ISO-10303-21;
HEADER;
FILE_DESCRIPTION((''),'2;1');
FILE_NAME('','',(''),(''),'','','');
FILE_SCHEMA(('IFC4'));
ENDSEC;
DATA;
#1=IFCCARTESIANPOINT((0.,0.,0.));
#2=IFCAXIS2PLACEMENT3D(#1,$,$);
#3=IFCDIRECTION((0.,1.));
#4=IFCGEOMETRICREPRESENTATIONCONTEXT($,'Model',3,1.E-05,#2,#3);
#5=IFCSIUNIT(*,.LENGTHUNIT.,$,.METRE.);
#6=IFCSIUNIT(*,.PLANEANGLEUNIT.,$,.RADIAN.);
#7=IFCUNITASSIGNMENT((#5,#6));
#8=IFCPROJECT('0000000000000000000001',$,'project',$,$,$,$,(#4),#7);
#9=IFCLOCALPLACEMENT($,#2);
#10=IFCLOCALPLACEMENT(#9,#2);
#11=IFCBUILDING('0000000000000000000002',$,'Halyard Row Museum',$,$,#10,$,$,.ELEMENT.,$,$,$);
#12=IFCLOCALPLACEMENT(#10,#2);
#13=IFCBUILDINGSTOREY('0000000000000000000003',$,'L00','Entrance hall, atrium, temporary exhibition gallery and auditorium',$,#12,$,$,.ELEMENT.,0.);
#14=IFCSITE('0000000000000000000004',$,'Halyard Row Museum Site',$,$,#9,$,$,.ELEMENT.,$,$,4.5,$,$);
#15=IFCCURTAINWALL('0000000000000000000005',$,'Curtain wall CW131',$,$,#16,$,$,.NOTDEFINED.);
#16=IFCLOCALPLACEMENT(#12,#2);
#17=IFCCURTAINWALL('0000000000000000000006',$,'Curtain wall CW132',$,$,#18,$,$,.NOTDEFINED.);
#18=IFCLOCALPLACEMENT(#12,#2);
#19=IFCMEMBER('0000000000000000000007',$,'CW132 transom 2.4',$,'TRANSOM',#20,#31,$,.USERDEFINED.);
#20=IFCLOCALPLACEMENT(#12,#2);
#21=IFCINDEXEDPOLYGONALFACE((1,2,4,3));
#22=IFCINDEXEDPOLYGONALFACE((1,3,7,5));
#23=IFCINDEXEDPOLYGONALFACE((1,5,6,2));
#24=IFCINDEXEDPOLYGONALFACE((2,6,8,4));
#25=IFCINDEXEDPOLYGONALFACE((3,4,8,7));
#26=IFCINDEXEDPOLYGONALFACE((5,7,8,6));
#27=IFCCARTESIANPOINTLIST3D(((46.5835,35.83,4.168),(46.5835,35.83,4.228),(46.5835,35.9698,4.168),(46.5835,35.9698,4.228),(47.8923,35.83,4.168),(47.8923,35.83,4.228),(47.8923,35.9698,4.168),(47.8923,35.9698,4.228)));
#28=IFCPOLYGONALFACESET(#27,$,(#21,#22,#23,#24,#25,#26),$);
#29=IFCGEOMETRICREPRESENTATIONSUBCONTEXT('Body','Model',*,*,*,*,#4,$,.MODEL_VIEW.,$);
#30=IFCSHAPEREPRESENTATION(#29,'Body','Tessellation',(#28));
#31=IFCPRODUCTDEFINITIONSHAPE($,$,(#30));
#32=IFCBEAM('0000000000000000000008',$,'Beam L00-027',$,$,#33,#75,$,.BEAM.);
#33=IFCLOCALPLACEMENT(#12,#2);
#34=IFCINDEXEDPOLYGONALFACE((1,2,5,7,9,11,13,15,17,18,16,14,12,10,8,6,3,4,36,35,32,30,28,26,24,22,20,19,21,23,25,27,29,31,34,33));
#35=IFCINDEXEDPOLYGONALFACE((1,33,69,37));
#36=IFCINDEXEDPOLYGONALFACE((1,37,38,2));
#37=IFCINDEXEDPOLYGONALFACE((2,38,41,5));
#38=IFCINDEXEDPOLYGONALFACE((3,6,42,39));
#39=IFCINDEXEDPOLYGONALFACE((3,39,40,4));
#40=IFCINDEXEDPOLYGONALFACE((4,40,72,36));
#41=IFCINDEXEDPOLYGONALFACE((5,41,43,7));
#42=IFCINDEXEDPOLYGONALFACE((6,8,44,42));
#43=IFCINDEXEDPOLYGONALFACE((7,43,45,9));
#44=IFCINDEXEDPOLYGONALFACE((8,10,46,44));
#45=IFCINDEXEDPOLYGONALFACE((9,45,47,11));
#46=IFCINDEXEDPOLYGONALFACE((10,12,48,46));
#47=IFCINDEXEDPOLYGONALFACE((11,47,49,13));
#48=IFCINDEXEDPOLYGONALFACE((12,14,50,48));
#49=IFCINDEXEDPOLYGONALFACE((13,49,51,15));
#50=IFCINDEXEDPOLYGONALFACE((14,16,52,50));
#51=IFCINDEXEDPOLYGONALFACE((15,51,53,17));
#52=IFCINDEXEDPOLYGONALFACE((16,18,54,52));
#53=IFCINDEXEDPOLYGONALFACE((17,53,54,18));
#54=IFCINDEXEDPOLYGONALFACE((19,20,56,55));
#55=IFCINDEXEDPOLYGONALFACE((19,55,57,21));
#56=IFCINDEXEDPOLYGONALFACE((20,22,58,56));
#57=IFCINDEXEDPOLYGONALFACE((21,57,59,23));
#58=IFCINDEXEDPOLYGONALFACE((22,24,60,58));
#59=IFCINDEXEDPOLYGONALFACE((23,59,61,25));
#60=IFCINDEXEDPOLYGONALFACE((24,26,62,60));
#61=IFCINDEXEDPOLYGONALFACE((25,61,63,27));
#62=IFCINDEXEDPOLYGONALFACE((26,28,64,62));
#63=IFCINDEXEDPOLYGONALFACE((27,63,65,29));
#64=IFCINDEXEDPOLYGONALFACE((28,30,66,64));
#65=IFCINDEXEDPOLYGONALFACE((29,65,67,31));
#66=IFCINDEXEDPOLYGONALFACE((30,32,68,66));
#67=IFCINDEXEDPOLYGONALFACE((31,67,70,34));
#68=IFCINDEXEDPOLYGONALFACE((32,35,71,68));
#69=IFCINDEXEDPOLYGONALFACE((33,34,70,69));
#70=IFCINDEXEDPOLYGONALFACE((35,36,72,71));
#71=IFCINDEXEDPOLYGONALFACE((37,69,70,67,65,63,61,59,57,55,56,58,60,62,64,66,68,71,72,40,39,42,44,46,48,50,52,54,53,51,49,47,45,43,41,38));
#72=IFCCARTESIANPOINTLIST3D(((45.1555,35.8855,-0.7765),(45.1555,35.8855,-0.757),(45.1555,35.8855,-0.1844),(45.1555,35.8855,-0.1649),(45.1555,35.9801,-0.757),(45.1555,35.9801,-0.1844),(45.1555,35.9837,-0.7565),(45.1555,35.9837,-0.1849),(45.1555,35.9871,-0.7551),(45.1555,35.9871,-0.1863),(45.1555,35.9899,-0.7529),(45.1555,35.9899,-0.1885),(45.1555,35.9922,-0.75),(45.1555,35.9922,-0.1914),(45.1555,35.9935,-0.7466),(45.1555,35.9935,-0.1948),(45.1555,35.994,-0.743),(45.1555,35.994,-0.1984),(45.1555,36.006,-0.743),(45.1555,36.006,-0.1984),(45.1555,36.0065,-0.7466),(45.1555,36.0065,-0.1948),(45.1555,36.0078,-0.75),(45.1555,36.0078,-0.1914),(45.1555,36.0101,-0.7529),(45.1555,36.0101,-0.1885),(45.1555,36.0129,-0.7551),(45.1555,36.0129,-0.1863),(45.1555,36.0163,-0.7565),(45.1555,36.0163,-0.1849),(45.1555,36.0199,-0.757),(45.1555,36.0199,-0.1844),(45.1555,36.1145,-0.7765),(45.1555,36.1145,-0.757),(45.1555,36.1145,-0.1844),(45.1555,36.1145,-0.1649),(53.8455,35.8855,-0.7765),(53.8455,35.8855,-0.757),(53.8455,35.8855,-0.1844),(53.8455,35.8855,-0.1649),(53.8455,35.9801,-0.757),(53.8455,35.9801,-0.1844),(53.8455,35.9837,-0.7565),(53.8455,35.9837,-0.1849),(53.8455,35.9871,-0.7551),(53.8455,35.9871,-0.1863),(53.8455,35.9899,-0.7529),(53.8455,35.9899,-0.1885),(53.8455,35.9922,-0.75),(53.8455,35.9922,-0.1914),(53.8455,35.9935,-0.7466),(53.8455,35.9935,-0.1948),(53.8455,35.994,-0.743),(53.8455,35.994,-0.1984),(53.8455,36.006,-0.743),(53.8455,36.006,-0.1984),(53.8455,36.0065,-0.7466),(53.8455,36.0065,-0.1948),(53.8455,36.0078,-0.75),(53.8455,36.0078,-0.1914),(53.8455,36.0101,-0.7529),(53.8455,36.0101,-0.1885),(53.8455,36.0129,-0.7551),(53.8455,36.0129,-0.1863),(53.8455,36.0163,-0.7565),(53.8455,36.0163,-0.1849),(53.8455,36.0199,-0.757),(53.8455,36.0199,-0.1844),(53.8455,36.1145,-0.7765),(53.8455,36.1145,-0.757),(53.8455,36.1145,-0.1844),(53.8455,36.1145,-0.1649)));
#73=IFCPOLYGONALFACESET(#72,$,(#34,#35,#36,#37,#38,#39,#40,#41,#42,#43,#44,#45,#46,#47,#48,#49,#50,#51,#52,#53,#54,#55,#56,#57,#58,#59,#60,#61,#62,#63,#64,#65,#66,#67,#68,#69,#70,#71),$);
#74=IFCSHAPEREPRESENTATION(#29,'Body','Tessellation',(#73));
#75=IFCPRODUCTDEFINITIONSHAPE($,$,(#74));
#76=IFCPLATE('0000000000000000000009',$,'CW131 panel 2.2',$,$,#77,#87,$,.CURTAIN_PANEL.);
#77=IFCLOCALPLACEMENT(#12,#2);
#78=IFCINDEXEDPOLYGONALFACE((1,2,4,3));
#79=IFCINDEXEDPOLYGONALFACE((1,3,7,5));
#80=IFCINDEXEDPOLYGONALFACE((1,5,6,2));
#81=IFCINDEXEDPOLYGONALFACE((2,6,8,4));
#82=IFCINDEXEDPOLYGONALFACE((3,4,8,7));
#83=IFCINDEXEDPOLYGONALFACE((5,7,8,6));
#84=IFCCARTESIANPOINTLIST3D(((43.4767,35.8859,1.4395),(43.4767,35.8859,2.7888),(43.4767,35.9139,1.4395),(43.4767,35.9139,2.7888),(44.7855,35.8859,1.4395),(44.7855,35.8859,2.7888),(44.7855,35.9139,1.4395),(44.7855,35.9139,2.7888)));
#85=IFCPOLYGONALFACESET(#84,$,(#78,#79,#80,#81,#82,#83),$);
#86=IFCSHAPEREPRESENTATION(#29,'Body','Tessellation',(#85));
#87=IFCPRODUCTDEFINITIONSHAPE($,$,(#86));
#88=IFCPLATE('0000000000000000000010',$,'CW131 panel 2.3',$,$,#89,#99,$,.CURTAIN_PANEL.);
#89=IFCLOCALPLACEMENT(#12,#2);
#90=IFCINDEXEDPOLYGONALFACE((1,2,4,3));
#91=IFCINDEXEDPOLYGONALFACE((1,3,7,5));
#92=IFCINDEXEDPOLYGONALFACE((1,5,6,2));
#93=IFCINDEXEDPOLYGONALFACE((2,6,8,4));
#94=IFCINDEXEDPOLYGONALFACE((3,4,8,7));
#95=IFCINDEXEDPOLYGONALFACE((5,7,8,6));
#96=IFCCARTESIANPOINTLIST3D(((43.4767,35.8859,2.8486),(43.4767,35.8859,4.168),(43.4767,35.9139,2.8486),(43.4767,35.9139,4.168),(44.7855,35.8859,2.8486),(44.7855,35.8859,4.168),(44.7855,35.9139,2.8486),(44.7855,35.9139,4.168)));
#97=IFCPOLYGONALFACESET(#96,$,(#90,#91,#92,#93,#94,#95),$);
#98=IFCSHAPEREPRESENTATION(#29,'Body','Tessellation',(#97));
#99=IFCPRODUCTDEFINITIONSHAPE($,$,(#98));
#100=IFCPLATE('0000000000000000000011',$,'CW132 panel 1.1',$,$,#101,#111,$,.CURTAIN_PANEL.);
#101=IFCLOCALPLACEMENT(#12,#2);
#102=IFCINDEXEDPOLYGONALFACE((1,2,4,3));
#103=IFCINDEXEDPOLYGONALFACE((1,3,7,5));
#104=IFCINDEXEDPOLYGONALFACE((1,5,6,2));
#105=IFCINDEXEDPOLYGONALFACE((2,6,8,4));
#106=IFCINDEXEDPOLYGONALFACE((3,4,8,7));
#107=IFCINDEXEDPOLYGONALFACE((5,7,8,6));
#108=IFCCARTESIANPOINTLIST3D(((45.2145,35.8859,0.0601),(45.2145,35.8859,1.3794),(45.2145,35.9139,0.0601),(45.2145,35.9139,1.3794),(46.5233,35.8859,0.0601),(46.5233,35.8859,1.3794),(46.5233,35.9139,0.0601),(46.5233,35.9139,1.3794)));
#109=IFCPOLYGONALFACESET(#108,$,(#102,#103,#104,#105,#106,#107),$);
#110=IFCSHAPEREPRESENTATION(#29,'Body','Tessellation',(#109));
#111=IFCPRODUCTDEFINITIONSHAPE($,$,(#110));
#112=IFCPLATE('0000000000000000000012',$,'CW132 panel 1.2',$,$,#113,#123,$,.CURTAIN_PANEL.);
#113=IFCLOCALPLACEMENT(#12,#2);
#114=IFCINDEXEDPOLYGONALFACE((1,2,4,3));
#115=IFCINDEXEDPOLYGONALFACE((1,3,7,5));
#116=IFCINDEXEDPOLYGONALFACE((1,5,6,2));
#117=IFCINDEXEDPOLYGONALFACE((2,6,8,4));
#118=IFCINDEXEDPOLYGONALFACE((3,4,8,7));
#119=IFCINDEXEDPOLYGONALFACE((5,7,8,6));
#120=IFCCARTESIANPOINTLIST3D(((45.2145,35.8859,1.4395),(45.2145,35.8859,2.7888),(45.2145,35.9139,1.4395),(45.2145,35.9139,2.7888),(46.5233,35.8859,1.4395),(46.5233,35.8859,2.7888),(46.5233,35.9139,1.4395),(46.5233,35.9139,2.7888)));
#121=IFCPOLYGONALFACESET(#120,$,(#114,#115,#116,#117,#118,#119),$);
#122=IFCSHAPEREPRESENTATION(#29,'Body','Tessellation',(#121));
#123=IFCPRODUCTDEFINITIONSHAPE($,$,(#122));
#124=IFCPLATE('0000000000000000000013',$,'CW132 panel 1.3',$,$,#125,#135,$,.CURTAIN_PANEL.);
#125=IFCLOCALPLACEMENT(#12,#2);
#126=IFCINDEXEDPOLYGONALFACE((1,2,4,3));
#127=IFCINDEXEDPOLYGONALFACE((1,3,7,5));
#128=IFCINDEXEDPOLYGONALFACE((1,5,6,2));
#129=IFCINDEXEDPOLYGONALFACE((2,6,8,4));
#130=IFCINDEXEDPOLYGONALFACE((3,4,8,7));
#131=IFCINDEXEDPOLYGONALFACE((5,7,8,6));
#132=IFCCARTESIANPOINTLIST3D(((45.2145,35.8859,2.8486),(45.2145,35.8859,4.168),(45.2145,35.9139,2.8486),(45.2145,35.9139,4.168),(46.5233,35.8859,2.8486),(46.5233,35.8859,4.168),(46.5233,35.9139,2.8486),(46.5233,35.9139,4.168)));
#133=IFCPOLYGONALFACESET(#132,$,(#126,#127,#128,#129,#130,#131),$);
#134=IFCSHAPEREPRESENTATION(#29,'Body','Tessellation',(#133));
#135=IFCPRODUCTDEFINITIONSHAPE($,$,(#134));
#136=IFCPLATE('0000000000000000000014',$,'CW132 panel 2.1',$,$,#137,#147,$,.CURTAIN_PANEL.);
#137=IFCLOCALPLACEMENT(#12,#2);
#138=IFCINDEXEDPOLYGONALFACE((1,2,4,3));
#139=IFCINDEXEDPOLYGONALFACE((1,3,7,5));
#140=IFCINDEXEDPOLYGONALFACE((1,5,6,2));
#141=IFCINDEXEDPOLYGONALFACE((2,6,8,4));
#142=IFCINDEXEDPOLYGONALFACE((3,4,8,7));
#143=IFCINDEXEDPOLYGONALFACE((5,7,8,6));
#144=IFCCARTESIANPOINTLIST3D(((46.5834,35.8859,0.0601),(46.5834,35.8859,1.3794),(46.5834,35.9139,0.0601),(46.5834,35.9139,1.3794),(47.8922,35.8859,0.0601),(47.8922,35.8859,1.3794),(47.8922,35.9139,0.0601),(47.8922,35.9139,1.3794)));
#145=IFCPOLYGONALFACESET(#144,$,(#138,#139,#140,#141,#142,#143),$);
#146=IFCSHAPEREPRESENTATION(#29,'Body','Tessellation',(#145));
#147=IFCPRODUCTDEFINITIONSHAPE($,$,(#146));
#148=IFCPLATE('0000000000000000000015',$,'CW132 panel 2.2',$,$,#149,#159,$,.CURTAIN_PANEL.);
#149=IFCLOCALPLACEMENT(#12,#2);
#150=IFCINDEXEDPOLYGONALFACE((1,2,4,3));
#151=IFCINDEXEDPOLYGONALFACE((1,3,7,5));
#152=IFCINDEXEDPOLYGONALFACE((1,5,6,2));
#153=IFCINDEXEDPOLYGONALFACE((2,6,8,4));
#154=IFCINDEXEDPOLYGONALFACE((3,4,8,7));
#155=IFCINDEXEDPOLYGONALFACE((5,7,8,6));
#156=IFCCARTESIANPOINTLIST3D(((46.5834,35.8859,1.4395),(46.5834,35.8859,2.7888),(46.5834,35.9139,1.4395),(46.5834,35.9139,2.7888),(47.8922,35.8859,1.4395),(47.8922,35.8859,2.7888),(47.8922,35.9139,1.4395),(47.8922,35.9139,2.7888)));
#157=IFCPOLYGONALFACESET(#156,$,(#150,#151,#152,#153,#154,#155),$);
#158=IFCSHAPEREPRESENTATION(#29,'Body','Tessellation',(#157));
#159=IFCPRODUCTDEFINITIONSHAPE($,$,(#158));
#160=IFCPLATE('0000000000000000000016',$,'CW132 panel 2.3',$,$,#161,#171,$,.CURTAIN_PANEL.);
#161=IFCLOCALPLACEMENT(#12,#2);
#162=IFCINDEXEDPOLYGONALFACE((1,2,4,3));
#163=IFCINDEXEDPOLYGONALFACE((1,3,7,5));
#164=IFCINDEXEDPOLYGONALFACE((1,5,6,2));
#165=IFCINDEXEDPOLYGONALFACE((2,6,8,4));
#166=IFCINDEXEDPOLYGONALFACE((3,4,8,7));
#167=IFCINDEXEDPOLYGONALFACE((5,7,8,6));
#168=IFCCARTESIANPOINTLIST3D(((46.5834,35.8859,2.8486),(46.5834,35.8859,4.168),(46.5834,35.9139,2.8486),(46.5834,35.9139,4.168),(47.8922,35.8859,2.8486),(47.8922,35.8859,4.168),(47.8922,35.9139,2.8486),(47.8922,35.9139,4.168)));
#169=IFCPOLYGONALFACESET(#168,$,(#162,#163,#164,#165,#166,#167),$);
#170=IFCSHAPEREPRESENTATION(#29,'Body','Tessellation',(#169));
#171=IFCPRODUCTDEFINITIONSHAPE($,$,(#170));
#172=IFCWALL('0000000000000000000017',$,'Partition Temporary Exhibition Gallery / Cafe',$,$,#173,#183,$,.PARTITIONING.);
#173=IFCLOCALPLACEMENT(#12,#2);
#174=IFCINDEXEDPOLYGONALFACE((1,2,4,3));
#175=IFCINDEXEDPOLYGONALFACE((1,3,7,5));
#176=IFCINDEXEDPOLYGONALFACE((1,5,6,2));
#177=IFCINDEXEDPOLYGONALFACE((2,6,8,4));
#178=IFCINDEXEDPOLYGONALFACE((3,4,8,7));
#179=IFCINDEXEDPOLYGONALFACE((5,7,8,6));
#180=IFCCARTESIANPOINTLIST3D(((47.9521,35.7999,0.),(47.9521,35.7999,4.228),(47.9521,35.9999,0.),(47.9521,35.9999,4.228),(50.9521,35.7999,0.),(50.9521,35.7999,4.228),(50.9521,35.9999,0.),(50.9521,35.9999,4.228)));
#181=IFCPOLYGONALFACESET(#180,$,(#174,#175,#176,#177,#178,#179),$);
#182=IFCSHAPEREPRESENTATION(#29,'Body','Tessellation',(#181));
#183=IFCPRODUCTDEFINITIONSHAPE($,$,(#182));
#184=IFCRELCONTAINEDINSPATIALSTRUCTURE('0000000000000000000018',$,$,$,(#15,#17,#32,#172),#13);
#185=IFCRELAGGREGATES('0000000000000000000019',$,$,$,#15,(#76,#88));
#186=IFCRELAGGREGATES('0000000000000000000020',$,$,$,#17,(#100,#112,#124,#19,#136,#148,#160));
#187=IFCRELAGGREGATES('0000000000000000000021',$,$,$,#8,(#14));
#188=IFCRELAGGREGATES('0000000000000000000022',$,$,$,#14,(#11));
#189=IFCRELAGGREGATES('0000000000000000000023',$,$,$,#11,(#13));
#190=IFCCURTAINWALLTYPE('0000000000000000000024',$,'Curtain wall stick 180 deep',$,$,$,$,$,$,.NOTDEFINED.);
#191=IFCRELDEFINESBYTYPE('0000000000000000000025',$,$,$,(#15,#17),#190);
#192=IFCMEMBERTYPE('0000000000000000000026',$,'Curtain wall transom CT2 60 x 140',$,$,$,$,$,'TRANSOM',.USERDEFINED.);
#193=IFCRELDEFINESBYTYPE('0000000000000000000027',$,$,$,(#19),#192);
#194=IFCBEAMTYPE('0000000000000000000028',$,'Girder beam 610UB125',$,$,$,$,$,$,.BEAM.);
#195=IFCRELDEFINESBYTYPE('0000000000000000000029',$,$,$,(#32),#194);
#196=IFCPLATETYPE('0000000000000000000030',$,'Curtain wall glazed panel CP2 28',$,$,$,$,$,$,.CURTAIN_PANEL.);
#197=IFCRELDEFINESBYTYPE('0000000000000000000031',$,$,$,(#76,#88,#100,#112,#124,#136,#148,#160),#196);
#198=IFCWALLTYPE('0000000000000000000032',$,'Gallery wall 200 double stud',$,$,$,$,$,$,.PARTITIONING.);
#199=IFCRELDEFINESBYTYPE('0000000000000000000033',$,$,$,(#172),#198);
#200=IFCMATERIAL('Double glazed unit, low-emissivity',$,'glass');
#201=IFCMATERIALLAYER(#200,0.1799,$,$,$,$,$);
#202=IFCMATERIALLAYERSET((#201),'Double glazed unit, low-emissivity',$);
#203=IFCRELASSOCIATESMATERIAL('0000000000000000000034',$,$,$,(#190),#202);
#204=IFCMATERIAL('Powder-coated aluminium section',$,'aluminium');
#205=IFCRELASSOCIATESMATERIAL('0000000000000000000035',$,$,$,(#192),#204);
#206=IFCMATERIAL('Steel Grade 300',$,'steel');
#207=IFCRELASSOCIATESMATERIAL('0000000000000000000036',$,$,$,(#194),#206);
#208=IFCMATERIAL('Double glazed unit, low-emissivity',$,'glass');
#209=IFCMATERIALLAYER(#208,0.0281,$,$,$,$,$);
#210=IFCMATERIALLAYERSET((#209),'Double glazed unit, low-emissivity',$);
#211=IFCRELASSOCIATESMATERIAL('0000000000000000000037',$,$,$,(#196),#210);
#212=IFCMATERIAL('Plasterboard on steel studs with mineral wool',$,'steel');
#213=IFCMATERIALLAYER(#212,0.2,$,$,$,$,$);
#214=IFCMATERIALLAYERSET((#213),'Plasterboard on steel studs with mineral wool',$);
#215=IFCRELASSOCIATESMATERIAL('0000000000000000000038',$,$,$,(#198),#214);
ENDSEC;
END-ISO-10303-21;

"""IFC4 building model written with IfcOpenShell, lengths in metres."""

from ifc_helpers import new_model, si_unit, direction, frame, frame_2d, origin, origin_2d, place, context, subcontext, project, spatial, rectangle, i_section, extrude, material, layer, layer_set, material_profile, profile_set, type_object, element, aggregate, save


model = new_model("IFC4")

# Units and contexts
model_context = context("Model", 3, precision=1e-05, world=origin(), true_north=direction((0.0, 1.0)))
body_context = subcontext(model_context, "Body", "Model", "MODEL_VIEW")
ifc_project = project(units=[si_unit("LENGTHUNIT", "METRE"), si_unit("PLANEANGLEUNIT", "RADIAN")], contexts=[model_context])

# Site, building, storey
site_placement = place(None, origin())
site = spatial("IfcSite", under=ifc_project, at=site_placement, Name="Halyard Row Museum Site", CompositionType="ELEMENT", RefElevation=4.5)
building_placement = place(site_placement, origin())
building = spatial("IfcBuilding", under=site, at=building_placement, Name="Halyard Row Museum", CompositionType="ELEMENT")
storey_placement = place(building_placement, origin())
storey = spatial("IfcBuildingStorey", under=building, at=storey_placement, Name="L00", Description="Entrance hall, atrium, temporary exhibition gallery and auditorium", CompositionType="ELEMENT", Elevation=0.0)

# Curtain wall
ifc_material_1 = material(Name="Double glazed unit, low-emissivity", Category="glass")
ifc_layer_1 = layer(ifc_material_1, 0.1799)
ifc_layer_set_1 = layer_set([ifc_layer_1], Name="Double glazed unit, low-emissivity")
curtain_wall_type = type_object("IfcCurtainWallType", Name="Curtain wall stick 180 deep", PredefinedType="NOTDEFINED", material=ifc_layer_set_1)
curtain_wall_1_placement = place(storey_placement, origin())
curtain_wall_1 = element("IfcCurtainWall", 1, at=curtain_wall_1_placement, inside=storey, type_object=curtain_wall_type, Name="Curtain wall CW131", PredefinedType="NOTDEFINED")

# Curtain wall, member
curtain_wall_2_placement = place(storey_placement, origin())
curtain_wall_2 = element("IfcCurtainWall", 2, at=curtain_wall_2_placement, inside=storey, type_object=curtain_wall_type, Name="Curtain wall CW132", PredefinedType="NOTDEFINED")
ifc_material_2 = material(Name="Powder-coated aluminium section", Category="aluminium")
ifc_material_profile_1 = material_profile(ifc_material_2, rectangle(XDim=0.1399, YDim=0.0601, at=origin_2d()), Name="140x60 transom")
ifc_profile_set_1 = profile_set([ifc_material_profile_1], Name="Powder-coated aluminium section")
member_type_1 = type_object("IfcMemberType", Name="Curtain wall transom CT2 60 x 140", ElementType="TRANSOM", PredefinedType="USERDEFINED", material=ifc_profile_set_1)
member_1_placement = place(storey_placement, frame((46.5835, 35.8999, 4.198), z_axis=(1.0, 0.0, 0.0), x_axis=(0.0, 1.0, 0.0)))
member_1 = element("IfcMember", 3, at=member_1_placement, type_object=member_type_1, Name="CW132 transom 2.4", ObjectType="TRANSOM", PredefinedType="USERDEFINED", context=body_context, shape_type="SweptSolid", body=[
    extrude(rectangle(XDim=0.1399, YDim=0.0601, at=origin_2d()), origin(), (0.0, 0.0, 1.0), 1.3088),
])

# Beam
ifc_material_3 = material(Name="Steel Grade 300", Category="steel")
ifc_material_profile_2 = material_profile(ifc_material_3, i_section(OverallWidth=0.229, OverallDepth=0.6116, WebThickness=0.012, FlangeThickness=0.0195, FilletRadius=0.0139, at=origin_2d()), Name="610UB125")
ifc_profile_set_2 = profile_set([ifc_material_profile_2], Name="Steel Grade 300")
beam_type = type_object("IfcBeamType", Name="Girder beam 610UB125", PredefinedType="BEAM", material=ifc_profile_set_2)
beam_placement = place(storey_placement, frame((45.1555, 36.0, -0.4707), z_axis=(1.0, 0.0, 0.0), x_axis=(0.0, 1.0, 0.0)))
element("IfcBeam", 4, at=beam_placement, inside=storey, type_object=beam_type, Name="Beam L00-027", PredefinedType="BEAM", context=body_context, shape_type="SweptSolid", body=[
    extrude(i_section(OverallWidth=0.229, OverallDepth=0.6116, WebThickness=0.012, FlangeThickness=0.0195, FilletRadius=0.0139, at=origin_2d()), origin(), (0.0, 0.0, 1.0), 8.6899),
])

# Plates
ifc_material_4 = material(Name="Double glazed unit, low-emissivity", Category="glass")
ifc_layer_2 = layer(ifc_material_4, 0.0281)
ifc_layer_set_2 = layer_set([ifc_layer_2], Name="Double glazed unit, low-emissivity")
plate_type = type_object("IfcPlateType", Name="Curtain wall glazed panel CP2 28", PredefinedType="CURTAIN_PANEL", material=ifc_layer_set_2)
plate_1_placement = place(storey_placement, frame((44.1311, 35.8999, 1.4395), z_axis=(0.0, 0.0, 1.0), x_axis=(1.0, 0.0, 0.0)))
plate_1 = element("IfcPlate", 5, at=plate_1_placement, type_object=plate_type, Name="CW131 panel 2.2", PredefinedType="CURTAIN_PANEL", context=body_context, shape_type="SweptSolid", body=[
    extrude(rectangle(XDim=1.3088, YDim=0.0281, at=origin_2d()), origin(), (0.0, 0.0, 1.0), 1.3494),
])
plate_2_placement = place(storey_placement, frame((44.1311, 35.8999, 2.8486), z_axis=(0.0, 0.0, 1.0), x_axis=(1.0, 0.0, 0.0)))
plate_2 = element("IfcPlate", 6, at=plate_2_placement, type_object=plate_type, Name="CW131 panel 2.3", PredefinedType="CURTAIN_PANEL", context=body_context, shape_type="SweptSolid", body=[
    extrude(rectangle(XDim=1.3088, YDim=0.0281, at=origin_2d()), origin(), (0.0, 0.0, 1.0), 1.3193),
])
aggregate(curtain_wall_1, [plate_1, plate_2])
plate_3_placement = place(storey_placement, frame((45.8689, 35.8999, 0.0601), z_axis=(0.0, 0.0, 1.0), x_axis=(1.0, 0.0, 0.0)))
plate_3 = element("IfcPlate", 7, at=plate_3_placement, type_object=plate_type, Name="CW132 panel 1.1", PredefinedType="CURTAIN_PANEL", context=body_context, shape_type="SweptSolid", body=[
    extrude(rectangle(XDim=1.3088, YDim=0.0281, at=origin_2d()), origin(), (0.0, 0.0, 1.0), 1.3193),
])
plate_4_placement = place(storey_placement, frame((45.8689, 35.8999, 1.4395), z_axis=(0.0, 0.0, 1.0), x_axis=(1.0, 0.0, 0.0)))
plate_4 = element("IfcPlate", 8, at=plate_4_placement, type_object=plate_type, Name="CW132 panel 1.2", PredefinedType="CURTAIN_PANEL", context=body_context, shape_type="SweptSolid", body=[
    extrude(rectangle(XDim=1.3088, YDim=0.0281, at=origin_2d()), origin(), (0.0, 0.0, 1.0), 1.3494),
])
plate_5_placement = place(storey_placement, frame((45.8689, 35.8999, 2.8486), z_axis=(0.0, 0.0, 1.0), x_axis=(1.0, 0.0, 0.0)))
plate_5 = element("IfcPlate", 9, at=plate_5_placement, type_object=plate_type, Name="CW132 panel 1.3", PredefinedType="CURTAIN_PANEL", context=body_context, shape_type="SweptSolid", body=[
    extrude(rectangle(XDim=1.3088, YDim=0.0281, at=origin_2d()), origin(), (0.0, 0.0, 1.0), 1.3193),
])
plate_6_placement = place(storey_placement, frame((47.2378, 35.8999, 0.0601), z_axis=(0.0, 0.0, 1.0), x_axis=(1.0, 0.0, 0.0)))
plate_6 = element("IfcPlate", 10, at=plate_6_placement, type_object=plate_type, Name="CW132 panel 2.1", PredefinedType="CURTAIN_PANEL", context=body_context, shape_type="SweptSolid", body=[
    extrude(rectangle(XDim=1.3088, YDim=0.0281, at=origin_2d()), origin(), (0.0, 0.0, 1.0), 1.3193),
])
plate_7_placement = place(storey_placement, frame((47.2378, 35.8999, 1.4395), z_axis=(0.0, 0.0, 1.0), x_axis=(1.0, 0.0, 0.0)))
plate_7 = element("IfcPlate", 11, at=plate_7_placement, type_object=plate_type, Name="CW132 panel 2.2", PredefinedType="CURTAIN_PANEL", context=body_context, shape_type="SweptSolid", body=[
    extrude(rectangle(XDim=1.3088, YDim=0.0281, at=origin_2d()), origin(), (0.0, 0.0, 1.0), 1.3494),
])
plate_8_placement = place(storey_placement, frame((47.2378, 35.8999, 2.8486), z_axis=(0.0, 0.0, 1.0), x_axis=(1.0, 0.0, 0.0)))
plate_8 = element("IfcPlate", 12, at=plate_8_placement, type_object=plate_type, Name="CW132 panel 2.3", PredefinedType="CURTAIN_PANEL", context=body_context, shape_type="SweptSolid", body=[
    extrude(rectangle(XDim=1.3088, YDim=0.0281, at=origin_2d()), origin(), (0.0, 0.0, 1.0), 1.3193),
])
aggregate(curtain_wall_2, [plate_3, plate_4, plate_5, member_1, plate_6, plate_7, plate_8])

# Wall
ifc_material_5 = material(Name="Plasterboard on steel studs with mineral wool", Category="steel")
ifc_layer_3 = layer(ifc_material_5, 0.2)
ifc_layer_set_3 = layer_set([ifc_layer_3], Name="Plasterboard on steel studs with mineral wool")
wall_type = type_object("IfcWallType", Name="Gallery wall 200 double stud", PredefinedType="PARTITIONING", material=ifc_layer_set_3)
wall_placement = place(storey_placement, frame((47.9521, 35.8999, 0.0), z_axis=(0.0, 0.0, 1.0), x_axis=(1.0, 0.0, 0.0)))
element("IfcWall", 13, at=wall_placement, inside=storey, type_object=wall_type, Name="Partition Temporary Exhibition Gallery / Cafe", PredefinedType="PARTITIONING", context=body_context, shape_type="SweptSolid", body=[
    extrude(rectangle(XDim=3.0, YDim=0.2, at=frame_2d((1.5, 0.0))), origin(), (0.0, 0.0, 1.0), 4.228),
])

save(model, "model.ifc")
